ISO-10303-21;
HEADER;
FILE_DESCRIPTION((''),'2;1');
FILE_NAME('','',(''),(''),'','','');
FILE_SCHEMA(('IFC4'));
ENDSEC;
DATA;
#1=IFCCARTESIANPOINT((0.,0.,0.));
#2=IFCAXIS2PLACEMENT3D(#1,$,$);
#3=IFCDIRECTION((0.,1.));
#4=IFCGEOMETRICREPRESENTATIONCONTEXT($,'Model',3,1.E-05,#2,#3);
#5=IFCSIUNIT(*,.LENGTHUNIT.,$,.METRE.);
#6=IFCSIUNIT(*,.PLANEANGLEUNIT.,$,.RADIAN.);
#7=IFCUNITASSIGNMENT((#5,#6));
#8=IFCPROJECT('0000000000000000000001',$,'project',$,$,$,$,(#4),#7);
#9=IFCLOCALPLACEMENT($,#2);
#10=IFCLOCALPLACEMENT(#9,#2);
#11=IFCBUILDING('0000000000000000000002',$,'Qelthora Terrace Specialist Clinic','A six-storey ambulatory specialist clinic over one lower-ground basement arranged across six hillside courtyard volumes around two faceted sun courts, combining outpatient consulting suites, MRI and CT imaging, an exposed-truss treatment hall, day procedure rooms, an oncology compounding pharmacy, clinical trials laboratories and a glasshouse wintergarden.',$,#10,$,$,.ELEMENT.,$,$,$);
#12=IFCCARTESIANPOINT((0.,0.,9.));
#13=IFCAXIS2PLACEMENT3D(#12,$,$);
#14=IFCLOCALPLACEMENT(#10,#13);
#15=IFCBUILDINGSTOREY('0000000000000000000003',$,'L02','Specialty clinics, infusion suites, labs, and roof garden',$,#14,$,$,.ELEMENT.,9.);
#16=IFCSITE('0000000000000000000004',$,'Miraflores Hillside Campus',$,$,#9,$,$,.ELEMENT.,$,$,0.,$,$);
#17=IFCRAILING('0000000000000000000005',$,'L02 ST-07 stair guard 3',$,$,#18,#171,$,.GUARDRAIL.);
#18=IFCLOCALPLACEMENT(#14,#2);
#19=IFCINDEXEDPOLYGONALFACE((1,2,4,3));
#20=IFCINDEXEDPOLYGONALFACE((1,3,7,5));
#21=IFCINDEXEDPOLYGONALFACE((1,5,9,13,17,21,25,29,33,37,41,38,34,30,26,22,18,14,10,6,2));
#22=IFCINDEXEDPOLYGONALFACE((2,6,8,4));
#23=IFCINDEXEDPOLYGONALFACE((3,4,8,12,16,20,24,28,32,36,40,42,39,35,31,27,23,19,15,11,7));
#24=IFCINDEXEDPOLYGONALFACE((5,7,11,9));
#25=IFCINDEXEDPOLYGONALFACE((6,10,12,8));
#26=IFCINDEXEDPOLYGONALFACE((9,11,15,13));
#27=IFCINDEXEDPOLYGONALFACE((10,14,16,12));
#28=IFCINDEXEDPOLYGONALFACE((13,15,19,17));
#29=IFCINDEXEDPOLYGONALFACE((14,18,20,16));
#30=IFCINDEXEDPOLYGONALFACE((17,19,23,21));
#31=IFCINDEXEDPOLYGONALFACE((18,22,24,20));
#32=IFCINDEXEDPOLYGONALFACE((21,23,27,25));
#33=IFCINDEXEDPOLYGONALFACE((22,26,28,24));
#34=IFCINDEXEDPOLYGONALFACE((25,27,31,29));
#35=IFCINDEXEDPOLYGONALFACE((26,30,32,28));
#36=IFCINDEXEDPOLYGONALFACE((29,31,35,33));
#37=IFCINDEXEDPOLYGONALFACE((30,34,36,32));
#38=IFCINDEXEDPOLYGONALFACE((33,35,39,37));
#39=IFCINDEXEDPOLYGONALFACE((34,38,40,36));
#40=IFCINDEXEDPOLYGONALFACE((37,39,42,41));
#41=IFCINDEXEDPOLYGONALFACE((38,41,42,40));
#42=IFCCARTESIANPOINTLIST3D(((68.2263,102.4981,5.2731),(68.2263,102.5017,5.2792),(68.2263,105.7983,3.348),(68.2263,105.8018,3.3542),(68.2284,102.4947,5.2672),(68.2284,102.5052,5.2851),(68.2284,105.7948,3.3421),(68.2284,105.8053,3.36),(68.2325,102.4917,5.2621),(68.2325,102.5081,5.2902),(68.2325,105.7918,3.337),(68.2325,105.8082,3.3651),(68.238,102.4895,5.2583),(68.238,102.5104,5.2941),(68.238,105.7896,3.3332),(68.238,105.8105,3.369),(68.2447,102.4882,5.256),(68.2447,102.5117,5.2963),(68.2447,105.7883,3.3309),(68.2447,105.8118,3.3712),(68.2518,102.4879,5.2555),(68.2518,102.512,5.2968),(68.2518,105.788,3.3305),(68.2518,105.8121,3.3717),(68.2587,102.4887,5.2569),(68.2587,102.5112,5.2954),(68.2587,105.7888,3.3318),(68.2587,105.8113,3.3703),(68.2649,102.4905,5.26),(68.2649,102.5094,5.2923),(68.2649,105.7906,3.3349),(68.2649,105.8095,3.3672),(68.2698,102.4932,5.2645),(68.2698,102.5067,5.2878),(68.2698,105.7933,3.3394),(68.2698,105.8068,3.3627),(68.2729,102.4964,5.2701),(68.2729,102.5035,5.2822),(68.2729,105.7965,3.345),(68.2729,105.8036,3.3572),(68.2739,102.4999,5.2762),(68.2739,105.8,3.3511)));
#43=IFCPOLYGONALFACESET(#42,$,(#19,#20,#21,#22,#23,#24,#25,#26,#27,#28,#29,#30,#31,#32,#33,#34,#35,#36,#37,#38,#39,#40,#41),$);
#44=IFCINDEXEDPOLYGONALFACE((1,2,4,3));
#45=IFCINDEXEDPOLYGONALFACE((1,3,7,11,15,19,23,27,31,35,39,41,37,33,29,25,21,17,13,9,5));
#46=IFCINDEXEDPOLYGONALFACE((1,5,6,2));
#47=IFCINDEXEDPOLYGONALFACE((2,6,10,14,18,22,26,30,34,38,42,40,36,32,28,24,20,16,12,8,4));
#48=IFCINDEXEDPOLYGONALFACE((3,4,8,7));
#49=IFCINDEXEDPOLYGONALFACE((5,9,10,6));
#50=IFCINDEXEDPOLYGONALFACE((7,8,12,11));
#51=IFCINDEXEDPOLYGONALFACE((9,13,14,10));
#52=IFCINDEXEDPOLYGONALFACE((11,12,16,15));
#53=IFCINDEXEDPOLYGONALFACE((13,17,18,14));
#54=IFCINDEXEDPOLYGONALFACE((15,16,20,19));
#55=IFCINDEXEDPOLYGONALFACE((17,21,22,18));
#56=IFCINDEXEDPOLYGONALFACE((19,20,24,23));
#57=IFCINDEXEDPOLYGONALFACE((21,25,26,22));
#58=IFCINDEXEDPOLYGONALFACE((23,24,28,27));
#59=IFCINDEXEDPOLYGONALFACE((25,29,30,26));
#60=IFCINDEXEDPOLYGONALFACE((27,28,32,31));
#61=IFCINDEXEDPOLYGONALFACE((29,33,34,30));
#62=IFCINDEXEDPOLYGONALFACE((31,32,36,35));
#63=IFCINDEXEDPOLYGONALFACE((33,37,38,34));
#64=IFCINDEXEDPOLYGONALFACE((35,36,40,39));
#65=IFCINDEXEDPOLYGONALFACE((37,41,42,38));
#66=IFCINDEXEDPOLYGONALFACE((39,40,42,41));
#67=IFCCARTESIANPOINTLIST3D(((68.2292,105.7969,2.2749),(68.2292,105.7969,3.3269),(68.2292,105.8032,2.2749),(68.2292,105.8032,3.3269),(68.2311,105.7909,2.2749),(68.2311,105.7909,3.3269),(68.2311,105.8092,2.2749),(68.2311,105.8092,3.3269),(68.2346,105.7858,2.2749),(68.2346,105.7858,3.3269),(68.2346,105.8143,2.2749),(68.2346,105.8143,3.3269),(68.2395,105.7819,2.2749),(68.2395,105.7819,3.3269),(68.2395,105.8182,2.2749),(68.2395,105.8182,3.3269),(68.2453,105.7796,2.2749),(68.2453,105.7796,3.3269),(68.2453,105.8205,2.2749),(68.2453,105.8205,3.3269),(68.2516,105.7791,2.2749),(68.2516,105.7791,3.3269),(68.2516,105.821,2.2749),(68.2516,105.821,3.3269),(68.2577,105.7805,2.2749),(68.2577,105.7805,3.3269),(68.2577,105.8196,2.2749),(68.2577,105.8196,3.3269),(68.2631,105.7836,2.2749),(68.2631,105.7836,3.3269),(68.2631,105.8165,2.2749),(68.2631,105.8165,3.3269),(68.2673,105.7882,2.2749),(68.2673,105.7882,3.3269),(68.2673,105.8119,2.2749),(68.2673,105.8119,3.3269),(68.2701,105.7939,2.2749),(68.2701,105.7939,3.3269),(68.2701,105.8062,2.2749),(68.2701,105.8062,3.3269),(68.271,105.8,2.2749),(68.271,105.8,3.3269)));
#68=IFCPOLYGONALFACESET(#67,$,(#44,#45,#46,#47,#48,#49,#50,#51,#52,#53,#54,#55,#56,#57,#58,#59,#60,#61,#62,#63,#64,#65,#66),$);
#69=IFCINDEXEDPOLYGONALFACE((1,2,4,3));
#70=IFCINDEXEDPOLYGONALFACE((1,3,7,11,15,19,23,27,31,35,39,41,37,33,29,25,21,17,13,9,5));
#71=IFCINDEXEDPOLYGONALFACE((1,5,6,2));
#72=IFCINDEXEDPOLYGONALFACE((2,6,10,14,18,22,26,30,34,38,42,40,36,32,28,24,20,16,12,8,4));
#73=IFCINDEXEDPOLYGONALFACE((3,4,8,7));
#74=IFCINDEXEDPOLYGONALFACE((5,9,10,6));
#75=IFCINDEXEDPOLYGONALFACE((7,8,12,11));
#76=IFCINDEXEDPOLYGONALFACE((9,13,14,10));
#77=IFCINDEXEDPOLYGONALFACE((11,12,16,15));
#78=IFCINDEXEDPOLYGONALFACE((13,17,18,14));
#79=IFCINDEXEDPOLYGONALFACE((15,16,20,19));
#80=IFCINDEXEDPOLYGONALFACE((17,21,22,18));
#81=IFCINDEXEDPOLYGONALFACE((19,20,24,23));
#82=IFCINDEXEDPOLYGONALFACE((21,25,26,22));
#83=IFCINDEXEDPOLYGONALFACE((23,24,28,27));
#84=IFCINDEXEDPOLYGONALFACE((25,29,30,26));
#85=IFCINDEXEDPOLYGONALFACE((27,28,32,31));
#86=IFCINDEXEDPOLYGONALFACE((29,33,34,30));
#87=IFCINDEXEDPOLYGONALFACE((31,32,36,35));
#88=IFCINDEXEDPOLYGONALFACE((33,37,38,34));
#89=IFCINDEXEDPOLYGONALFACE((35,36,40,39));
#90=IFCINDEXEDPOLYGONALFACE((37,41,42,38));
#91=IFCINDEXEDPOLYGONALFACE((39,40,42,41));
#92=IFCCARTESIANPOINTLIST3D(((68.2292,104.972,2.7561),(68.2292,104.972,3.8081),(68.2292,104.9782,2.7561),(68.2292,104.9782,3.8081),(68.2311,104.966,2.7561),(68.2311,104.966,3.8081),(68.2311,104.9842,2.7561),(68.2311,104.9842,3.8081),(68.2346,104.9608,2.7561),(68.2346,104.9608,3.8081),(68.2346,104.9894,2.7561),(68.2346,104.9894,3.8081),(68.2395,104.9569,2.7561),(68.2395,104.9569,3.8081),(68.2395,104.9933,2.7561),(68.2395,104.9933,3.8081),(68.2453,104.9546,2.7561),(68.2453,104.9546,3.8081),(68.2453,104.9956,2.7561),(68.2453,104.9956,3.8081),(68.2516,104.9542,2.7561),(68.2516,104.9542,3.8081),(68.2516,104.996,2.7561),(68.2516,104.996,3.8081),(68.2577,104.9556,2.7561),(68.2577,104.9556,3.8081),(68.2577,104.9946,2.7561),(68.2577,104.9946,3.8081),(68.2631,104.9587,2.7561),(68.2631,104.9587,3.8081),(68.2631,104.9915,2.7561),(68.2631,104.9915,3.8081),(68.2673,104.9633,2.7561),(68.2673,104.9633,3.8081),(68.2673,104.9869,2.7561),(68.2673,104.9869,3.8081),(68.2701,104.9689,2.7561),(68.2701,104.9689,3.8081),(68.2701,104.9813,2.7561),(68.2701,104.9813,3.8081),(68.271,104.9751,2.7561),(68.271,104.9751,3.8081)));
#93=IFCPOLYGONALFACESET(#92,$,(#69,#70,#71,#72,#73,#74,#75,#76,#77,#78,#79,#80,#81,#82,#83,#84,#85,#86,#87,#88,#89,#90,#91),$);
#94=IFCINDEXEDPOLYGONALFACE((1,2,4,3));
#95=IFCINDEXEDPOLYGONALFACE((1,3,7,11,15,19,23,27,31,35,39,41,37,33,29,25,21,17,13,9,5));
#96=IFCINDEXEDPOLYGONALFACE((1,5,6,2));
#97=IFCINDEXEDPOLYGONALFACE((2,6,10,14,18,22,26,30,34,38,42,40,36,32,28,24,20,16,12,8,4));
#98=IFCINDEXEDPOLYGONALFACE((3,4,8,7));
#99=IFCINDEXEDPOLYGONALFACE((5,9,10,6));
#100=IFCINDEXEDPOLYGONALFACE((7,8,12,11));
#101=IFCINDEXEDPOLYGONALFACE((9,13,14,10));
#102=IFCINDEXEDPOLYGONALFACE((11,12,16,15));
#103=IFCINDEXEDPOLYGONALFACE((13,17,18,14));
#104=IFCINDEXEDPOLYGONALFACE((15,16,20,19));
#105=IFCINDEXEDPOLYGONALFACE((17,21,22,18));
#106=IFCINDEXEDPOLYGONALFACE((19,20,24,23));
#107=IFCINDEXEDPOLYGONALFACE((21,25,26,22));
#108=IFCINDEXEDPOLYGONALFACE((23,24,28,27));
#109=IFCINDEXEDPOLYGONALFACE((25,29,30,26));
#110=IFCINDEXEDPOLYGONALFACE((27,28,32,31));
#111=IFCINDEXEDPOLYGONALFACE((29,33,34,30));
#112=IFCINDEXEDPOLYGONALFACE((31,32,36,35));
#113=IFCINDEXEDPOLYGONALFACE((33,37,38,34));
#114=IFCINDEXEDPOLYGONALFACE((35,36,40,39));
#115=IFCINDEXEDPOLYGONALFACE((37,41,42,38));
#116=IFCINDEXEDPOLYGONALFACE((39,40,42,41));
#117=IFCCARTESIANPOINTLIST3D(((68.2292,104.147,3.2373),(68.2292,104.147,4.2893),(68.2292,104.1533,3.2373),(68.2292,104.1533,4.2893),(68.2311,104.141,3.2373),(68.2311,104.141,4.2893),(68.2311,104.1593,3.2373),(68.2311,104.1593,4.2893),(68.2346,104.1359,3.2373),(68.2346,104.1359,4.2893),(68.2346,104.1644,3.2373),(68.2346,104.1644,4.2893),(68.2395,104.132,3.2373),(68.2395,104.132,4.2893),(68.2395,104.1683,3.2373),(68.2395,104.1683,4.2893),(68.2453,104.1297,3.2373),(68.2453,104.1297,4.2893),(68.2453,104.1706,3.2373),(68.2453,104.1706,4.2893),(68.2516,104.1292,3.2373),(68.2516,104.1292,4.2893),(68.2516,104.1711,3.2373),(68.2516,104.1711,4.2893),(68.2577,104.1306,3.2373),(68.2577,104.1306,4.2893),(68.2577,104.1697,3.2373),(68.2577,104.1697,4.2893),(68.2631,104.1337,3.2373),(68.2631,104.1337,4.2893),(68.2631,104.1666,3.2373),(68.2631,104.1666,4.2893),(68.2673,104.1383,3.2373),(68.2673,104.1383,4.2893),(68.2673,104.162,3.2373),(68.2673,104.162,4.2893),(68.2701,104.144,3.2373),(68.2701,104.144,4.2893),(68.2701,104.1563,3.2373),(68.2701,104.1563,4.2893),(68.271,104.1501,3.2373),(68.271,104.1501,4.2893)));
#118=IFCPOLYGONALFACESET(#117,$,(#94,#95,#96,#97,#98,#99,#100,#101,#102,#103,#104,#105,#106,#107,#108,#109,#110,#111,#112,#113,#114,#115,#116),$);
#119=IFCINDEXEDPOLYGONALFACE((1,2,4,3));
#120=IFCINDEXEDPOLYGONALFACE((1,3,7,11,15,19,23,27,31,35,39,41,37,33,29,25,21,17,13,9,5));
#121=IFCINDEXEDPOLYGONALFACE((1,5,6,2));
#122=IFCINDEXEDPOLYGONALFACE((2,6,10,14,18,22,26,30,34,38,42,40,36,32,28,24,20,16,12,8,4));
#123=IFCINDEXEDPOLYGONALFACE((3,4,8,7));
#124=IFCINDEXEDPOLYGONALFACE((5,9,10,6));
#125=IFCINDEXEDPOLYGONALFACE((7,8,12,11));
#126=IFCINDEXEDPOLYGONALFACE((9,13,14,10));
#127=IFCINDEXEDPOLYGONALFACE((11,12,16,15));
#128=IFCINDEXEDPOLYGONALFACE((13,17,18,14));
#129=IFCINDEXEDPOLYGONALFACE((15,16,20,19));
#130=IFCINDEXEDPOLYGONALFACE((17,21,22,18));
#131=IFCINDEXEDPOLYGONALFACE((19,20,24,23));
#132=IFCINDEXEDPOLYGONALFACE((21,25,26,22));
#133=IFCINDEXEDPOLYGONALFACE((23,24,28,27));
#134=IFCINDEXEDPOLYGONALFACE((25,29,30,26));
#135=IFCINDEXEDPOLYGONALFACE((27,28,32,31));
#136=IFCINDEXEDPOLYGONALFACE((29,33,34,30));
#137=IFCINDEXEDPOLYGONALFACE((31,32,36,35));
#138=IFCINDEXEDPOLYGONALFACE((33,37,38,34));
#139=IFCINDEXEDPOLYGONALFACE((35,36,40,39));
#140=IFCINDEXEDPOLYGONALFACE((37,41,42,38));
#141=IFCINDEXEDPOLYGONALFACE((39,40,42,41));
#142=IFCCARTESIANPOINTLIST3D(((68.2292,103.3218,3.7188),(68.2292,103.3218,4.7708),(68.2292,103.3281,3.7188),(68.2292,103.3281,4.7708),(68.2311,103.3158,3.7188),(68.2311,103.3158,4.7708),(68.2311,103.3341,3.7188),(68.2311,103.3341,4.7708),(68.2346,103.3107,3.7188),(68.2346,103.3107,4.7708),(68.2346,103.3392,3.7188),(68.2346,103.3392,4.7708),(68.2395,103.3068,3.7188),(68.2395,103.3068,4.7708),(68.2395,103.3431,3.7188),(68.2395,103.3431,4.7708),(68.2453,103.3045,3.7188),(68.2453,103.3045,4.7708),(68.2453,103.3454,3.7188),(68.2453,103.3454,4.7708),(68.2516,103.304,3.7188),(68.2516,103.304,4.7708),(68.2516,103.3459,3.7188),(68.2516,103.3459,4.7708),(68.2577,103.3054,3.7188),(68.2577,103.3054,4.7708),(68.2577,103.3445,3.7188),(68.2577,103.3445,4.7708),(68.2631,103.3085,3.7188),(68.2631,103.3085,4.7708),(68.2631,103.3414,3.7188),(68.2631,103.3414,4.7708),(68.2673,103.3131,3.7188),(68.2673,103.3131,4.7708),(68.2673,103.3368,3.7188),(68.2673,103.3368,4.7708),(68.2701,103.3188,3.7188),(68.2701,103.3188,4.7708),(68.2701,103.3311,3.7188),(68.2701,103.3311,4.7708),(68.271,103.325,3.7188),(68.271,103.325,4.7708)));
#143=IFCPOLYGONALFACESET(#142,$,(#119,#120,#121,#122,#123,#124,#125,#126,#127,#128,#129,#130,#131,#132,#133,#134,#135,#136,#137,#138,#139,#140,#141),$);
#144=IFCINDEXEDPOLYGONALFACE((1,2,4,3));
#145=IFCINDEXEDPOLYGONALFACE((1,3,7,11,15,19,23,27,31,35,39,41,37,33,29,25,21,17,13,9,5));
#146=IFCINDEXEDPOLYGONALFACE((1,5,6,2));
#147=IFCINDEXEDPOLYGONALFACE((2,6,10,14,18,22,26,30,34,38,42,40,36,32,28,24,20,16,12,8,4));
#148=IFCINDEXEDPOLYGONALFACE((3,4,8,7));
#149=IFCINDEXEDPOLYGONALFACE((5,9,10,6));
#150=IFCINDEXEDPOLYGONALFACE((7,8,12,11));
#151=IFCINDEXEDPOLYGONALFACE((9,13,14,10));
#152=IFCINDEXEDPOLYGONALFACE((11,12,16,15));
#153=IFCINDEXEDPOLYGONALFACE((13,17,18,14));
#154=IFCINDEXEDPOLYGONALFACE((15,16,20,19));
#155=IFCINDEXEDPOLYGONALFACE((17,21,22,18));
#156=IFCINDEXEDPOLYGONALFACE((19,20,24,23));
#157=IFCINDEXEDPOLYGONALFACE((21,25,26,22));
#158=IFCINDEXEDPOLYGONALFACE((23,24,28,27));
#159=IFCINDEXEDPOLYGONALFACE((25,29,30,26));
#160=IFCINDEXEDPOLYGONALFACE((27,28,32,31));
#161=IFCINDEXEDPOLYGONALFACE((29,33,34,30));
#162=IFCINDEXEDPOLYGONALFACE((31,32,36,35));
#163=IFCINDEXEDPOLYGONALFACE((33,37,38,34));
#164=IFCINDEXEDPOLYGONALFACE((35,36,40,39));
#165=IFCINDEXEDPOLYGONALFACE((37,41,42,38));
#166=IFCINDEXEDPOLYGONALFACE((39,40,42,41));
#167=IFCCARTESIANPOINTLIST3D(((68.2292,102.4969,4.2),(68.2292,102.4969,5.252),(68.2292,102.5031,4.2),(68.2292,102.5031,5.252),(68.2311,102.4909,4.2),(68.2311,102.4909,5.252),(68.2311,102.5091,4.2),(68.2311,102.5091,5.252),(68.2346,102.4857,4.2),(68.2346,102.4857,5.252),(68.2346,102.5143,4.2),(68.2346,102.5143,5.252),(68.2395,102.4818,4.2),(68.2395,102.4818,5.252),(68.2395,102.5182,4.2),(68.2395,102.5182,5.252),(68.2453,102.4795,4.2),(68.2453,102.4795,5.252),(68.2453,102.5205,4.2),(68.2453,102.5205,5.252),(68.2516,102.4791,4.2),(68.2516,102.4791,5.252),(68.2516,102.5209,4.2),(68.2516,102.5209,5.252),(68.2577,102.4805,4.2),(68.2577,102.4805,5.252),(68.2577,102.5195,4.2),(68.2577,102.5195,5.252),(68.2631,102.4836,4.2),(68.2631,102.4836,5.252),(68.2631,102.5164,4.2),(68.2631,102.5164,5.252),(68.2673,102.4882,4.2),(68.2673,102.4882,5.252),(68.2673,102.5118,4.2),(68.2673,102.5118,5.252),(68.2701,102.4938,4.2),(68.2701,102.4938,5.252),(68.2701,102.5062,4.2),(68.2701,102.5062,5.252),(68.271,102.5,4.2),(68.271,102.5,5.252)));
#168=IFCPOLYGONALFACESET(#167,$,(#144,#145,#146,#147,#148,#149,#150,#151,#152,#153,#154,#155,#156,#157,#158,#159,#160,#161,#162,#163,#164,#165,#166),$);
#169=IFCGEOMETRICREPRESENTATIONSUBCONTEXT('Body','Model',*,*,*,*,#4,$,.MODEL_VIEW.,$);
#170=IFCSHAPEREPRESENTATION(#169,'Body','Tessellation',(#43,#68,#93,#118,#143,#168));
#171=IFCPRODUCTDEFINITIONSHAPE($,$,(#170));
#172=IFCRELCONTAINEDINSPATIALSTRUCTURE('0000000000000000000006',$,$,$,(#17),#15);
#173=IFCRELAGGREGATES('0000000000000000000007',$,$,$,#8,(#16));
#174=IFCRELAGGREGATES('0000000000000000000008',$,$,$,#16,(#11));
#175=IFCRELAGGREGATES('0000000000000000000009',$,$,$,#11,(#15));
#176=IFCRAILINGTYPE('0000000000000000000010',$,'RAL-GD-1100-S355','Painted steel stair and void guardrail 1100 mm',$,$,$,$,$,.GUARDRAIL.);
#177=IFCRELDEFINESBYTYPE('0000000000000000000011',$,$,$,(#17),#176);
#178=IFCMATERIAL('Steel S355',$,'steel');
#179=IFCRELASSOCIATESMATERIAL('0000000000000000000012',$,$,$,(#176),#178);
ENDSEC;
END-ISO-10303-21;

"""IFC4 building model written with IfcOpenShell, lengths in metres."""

from ifc_helpers import new_model, si_unit, direction, frame, origin, origin_2d, place, context, subcontext, project, spatial, circle, extrude, material, type_object, element, save


model = new_model("IFC4")

# Units and contexts
model_context = context("Model", 3, precision=1e-05, world=origin(), true_north=direction((0.0, 1.0)))
body_context = subcontext(model_context, "Body", "Model", "MODEL_VIEW")
ifc_project = project(units=[si_unit("LENGTHUNIT", "METRE"), si_unit("PLANEANGLEUNIT", "RADIAN")], contexts=[model_context])

# Site, building, storey
site_placement = place(None, origin())
site = spatial("IfcSite", under=ifc_project, at=site_placement, Name="Miraflores Hillside Campus", CompositionType="ELEMENT", RefElevation=0.0)
building_placement = place(site_placement, origin())
building = spatial("IfcBuilding", under=site, at=building_placement, Name="Qelthora Terrace Specialist Clinic", Description="A six-storey ambulatory specialist clinic over one lower-ground basement arranged across six hillside courtyard volumes around two faceted sun courts, combining outpatient consulting suites, MRI and CT imaging, an exposed-truss treatment hall, day procedure rooms, an oncology compounding pharmacy, clinical trials laboratories and a glasshouse wintergarden.", CompositionType="ELEMENT")
storey_placement = place(building_placement, frame((0.0, 0.0, 9.0)))
storey = spatial("IfcBuildingStorey", under=building, at=storey_placement, Name="L02", Description="Specialty clinics, infusion suites, labs, and roof garden", CompositionType="ELEMENT", Elevation=9.0)

# Shared definitions
ifc_material_1 = material(Name="Steel S355", Category="steel")

# Railing
railing_type_1 = type_object("IfcRailingType", Name="RAL-GD-1100-S355", Description="Painted steel stair and void guardrail 1100 mm", PredefinedType="GUARDRAIL", material=ifc_material_1)
railing_1_placement = place(storey_placement, frame((68.25, 105.8, 2.2749)))
element("IfcRailing", 1, at=railing_1_placement, inside=storey, type_object=railing_type_1, Name="L02 ST-07 stair guard 3", PredefinedType="GUARDRAIL", context=body_context, shape_type="SweptSolid", body=[
    extrude(circle(Radius=0.0239, at=origin_2d()), frame((0.0, 0.0, 1.0762), z_axis=(0.0, -0.863777, 0.503875), x_axis=(1.0, 0.0, 0.0)), (0.0, 0.0, 1.0), 3.8206),
    extrude(circle(Radius=0.021, at=origin_2d()), origin(), (0.0, 0.0, 1.0), 1.052),
    extrude(circle(Radius=0.021, at=origin_2d()), frame((0.0, -0.825, 0.4812)), (0.0, 0.0, 1.0), 1.052),
    extrude(circle(Radius=0.021, at=origin_2d()), frame((0.0, -1.6499, 0.9624)), (0.0, 0.0, 1.0), 1.052),
    extrude(circle(Radius=0.021, at=origin_2d()), frame((0.0, -2.4751, 1.4438)), (0.0, 0.0, 1.0), 1.052),
    extrude(circle(Radius=0.021, at=origin_2d()), frame((0.0, -3.3, 1.925)), (0.0, 0.0, 1.0), 1.052),
])

save(model, "model.ifc")
